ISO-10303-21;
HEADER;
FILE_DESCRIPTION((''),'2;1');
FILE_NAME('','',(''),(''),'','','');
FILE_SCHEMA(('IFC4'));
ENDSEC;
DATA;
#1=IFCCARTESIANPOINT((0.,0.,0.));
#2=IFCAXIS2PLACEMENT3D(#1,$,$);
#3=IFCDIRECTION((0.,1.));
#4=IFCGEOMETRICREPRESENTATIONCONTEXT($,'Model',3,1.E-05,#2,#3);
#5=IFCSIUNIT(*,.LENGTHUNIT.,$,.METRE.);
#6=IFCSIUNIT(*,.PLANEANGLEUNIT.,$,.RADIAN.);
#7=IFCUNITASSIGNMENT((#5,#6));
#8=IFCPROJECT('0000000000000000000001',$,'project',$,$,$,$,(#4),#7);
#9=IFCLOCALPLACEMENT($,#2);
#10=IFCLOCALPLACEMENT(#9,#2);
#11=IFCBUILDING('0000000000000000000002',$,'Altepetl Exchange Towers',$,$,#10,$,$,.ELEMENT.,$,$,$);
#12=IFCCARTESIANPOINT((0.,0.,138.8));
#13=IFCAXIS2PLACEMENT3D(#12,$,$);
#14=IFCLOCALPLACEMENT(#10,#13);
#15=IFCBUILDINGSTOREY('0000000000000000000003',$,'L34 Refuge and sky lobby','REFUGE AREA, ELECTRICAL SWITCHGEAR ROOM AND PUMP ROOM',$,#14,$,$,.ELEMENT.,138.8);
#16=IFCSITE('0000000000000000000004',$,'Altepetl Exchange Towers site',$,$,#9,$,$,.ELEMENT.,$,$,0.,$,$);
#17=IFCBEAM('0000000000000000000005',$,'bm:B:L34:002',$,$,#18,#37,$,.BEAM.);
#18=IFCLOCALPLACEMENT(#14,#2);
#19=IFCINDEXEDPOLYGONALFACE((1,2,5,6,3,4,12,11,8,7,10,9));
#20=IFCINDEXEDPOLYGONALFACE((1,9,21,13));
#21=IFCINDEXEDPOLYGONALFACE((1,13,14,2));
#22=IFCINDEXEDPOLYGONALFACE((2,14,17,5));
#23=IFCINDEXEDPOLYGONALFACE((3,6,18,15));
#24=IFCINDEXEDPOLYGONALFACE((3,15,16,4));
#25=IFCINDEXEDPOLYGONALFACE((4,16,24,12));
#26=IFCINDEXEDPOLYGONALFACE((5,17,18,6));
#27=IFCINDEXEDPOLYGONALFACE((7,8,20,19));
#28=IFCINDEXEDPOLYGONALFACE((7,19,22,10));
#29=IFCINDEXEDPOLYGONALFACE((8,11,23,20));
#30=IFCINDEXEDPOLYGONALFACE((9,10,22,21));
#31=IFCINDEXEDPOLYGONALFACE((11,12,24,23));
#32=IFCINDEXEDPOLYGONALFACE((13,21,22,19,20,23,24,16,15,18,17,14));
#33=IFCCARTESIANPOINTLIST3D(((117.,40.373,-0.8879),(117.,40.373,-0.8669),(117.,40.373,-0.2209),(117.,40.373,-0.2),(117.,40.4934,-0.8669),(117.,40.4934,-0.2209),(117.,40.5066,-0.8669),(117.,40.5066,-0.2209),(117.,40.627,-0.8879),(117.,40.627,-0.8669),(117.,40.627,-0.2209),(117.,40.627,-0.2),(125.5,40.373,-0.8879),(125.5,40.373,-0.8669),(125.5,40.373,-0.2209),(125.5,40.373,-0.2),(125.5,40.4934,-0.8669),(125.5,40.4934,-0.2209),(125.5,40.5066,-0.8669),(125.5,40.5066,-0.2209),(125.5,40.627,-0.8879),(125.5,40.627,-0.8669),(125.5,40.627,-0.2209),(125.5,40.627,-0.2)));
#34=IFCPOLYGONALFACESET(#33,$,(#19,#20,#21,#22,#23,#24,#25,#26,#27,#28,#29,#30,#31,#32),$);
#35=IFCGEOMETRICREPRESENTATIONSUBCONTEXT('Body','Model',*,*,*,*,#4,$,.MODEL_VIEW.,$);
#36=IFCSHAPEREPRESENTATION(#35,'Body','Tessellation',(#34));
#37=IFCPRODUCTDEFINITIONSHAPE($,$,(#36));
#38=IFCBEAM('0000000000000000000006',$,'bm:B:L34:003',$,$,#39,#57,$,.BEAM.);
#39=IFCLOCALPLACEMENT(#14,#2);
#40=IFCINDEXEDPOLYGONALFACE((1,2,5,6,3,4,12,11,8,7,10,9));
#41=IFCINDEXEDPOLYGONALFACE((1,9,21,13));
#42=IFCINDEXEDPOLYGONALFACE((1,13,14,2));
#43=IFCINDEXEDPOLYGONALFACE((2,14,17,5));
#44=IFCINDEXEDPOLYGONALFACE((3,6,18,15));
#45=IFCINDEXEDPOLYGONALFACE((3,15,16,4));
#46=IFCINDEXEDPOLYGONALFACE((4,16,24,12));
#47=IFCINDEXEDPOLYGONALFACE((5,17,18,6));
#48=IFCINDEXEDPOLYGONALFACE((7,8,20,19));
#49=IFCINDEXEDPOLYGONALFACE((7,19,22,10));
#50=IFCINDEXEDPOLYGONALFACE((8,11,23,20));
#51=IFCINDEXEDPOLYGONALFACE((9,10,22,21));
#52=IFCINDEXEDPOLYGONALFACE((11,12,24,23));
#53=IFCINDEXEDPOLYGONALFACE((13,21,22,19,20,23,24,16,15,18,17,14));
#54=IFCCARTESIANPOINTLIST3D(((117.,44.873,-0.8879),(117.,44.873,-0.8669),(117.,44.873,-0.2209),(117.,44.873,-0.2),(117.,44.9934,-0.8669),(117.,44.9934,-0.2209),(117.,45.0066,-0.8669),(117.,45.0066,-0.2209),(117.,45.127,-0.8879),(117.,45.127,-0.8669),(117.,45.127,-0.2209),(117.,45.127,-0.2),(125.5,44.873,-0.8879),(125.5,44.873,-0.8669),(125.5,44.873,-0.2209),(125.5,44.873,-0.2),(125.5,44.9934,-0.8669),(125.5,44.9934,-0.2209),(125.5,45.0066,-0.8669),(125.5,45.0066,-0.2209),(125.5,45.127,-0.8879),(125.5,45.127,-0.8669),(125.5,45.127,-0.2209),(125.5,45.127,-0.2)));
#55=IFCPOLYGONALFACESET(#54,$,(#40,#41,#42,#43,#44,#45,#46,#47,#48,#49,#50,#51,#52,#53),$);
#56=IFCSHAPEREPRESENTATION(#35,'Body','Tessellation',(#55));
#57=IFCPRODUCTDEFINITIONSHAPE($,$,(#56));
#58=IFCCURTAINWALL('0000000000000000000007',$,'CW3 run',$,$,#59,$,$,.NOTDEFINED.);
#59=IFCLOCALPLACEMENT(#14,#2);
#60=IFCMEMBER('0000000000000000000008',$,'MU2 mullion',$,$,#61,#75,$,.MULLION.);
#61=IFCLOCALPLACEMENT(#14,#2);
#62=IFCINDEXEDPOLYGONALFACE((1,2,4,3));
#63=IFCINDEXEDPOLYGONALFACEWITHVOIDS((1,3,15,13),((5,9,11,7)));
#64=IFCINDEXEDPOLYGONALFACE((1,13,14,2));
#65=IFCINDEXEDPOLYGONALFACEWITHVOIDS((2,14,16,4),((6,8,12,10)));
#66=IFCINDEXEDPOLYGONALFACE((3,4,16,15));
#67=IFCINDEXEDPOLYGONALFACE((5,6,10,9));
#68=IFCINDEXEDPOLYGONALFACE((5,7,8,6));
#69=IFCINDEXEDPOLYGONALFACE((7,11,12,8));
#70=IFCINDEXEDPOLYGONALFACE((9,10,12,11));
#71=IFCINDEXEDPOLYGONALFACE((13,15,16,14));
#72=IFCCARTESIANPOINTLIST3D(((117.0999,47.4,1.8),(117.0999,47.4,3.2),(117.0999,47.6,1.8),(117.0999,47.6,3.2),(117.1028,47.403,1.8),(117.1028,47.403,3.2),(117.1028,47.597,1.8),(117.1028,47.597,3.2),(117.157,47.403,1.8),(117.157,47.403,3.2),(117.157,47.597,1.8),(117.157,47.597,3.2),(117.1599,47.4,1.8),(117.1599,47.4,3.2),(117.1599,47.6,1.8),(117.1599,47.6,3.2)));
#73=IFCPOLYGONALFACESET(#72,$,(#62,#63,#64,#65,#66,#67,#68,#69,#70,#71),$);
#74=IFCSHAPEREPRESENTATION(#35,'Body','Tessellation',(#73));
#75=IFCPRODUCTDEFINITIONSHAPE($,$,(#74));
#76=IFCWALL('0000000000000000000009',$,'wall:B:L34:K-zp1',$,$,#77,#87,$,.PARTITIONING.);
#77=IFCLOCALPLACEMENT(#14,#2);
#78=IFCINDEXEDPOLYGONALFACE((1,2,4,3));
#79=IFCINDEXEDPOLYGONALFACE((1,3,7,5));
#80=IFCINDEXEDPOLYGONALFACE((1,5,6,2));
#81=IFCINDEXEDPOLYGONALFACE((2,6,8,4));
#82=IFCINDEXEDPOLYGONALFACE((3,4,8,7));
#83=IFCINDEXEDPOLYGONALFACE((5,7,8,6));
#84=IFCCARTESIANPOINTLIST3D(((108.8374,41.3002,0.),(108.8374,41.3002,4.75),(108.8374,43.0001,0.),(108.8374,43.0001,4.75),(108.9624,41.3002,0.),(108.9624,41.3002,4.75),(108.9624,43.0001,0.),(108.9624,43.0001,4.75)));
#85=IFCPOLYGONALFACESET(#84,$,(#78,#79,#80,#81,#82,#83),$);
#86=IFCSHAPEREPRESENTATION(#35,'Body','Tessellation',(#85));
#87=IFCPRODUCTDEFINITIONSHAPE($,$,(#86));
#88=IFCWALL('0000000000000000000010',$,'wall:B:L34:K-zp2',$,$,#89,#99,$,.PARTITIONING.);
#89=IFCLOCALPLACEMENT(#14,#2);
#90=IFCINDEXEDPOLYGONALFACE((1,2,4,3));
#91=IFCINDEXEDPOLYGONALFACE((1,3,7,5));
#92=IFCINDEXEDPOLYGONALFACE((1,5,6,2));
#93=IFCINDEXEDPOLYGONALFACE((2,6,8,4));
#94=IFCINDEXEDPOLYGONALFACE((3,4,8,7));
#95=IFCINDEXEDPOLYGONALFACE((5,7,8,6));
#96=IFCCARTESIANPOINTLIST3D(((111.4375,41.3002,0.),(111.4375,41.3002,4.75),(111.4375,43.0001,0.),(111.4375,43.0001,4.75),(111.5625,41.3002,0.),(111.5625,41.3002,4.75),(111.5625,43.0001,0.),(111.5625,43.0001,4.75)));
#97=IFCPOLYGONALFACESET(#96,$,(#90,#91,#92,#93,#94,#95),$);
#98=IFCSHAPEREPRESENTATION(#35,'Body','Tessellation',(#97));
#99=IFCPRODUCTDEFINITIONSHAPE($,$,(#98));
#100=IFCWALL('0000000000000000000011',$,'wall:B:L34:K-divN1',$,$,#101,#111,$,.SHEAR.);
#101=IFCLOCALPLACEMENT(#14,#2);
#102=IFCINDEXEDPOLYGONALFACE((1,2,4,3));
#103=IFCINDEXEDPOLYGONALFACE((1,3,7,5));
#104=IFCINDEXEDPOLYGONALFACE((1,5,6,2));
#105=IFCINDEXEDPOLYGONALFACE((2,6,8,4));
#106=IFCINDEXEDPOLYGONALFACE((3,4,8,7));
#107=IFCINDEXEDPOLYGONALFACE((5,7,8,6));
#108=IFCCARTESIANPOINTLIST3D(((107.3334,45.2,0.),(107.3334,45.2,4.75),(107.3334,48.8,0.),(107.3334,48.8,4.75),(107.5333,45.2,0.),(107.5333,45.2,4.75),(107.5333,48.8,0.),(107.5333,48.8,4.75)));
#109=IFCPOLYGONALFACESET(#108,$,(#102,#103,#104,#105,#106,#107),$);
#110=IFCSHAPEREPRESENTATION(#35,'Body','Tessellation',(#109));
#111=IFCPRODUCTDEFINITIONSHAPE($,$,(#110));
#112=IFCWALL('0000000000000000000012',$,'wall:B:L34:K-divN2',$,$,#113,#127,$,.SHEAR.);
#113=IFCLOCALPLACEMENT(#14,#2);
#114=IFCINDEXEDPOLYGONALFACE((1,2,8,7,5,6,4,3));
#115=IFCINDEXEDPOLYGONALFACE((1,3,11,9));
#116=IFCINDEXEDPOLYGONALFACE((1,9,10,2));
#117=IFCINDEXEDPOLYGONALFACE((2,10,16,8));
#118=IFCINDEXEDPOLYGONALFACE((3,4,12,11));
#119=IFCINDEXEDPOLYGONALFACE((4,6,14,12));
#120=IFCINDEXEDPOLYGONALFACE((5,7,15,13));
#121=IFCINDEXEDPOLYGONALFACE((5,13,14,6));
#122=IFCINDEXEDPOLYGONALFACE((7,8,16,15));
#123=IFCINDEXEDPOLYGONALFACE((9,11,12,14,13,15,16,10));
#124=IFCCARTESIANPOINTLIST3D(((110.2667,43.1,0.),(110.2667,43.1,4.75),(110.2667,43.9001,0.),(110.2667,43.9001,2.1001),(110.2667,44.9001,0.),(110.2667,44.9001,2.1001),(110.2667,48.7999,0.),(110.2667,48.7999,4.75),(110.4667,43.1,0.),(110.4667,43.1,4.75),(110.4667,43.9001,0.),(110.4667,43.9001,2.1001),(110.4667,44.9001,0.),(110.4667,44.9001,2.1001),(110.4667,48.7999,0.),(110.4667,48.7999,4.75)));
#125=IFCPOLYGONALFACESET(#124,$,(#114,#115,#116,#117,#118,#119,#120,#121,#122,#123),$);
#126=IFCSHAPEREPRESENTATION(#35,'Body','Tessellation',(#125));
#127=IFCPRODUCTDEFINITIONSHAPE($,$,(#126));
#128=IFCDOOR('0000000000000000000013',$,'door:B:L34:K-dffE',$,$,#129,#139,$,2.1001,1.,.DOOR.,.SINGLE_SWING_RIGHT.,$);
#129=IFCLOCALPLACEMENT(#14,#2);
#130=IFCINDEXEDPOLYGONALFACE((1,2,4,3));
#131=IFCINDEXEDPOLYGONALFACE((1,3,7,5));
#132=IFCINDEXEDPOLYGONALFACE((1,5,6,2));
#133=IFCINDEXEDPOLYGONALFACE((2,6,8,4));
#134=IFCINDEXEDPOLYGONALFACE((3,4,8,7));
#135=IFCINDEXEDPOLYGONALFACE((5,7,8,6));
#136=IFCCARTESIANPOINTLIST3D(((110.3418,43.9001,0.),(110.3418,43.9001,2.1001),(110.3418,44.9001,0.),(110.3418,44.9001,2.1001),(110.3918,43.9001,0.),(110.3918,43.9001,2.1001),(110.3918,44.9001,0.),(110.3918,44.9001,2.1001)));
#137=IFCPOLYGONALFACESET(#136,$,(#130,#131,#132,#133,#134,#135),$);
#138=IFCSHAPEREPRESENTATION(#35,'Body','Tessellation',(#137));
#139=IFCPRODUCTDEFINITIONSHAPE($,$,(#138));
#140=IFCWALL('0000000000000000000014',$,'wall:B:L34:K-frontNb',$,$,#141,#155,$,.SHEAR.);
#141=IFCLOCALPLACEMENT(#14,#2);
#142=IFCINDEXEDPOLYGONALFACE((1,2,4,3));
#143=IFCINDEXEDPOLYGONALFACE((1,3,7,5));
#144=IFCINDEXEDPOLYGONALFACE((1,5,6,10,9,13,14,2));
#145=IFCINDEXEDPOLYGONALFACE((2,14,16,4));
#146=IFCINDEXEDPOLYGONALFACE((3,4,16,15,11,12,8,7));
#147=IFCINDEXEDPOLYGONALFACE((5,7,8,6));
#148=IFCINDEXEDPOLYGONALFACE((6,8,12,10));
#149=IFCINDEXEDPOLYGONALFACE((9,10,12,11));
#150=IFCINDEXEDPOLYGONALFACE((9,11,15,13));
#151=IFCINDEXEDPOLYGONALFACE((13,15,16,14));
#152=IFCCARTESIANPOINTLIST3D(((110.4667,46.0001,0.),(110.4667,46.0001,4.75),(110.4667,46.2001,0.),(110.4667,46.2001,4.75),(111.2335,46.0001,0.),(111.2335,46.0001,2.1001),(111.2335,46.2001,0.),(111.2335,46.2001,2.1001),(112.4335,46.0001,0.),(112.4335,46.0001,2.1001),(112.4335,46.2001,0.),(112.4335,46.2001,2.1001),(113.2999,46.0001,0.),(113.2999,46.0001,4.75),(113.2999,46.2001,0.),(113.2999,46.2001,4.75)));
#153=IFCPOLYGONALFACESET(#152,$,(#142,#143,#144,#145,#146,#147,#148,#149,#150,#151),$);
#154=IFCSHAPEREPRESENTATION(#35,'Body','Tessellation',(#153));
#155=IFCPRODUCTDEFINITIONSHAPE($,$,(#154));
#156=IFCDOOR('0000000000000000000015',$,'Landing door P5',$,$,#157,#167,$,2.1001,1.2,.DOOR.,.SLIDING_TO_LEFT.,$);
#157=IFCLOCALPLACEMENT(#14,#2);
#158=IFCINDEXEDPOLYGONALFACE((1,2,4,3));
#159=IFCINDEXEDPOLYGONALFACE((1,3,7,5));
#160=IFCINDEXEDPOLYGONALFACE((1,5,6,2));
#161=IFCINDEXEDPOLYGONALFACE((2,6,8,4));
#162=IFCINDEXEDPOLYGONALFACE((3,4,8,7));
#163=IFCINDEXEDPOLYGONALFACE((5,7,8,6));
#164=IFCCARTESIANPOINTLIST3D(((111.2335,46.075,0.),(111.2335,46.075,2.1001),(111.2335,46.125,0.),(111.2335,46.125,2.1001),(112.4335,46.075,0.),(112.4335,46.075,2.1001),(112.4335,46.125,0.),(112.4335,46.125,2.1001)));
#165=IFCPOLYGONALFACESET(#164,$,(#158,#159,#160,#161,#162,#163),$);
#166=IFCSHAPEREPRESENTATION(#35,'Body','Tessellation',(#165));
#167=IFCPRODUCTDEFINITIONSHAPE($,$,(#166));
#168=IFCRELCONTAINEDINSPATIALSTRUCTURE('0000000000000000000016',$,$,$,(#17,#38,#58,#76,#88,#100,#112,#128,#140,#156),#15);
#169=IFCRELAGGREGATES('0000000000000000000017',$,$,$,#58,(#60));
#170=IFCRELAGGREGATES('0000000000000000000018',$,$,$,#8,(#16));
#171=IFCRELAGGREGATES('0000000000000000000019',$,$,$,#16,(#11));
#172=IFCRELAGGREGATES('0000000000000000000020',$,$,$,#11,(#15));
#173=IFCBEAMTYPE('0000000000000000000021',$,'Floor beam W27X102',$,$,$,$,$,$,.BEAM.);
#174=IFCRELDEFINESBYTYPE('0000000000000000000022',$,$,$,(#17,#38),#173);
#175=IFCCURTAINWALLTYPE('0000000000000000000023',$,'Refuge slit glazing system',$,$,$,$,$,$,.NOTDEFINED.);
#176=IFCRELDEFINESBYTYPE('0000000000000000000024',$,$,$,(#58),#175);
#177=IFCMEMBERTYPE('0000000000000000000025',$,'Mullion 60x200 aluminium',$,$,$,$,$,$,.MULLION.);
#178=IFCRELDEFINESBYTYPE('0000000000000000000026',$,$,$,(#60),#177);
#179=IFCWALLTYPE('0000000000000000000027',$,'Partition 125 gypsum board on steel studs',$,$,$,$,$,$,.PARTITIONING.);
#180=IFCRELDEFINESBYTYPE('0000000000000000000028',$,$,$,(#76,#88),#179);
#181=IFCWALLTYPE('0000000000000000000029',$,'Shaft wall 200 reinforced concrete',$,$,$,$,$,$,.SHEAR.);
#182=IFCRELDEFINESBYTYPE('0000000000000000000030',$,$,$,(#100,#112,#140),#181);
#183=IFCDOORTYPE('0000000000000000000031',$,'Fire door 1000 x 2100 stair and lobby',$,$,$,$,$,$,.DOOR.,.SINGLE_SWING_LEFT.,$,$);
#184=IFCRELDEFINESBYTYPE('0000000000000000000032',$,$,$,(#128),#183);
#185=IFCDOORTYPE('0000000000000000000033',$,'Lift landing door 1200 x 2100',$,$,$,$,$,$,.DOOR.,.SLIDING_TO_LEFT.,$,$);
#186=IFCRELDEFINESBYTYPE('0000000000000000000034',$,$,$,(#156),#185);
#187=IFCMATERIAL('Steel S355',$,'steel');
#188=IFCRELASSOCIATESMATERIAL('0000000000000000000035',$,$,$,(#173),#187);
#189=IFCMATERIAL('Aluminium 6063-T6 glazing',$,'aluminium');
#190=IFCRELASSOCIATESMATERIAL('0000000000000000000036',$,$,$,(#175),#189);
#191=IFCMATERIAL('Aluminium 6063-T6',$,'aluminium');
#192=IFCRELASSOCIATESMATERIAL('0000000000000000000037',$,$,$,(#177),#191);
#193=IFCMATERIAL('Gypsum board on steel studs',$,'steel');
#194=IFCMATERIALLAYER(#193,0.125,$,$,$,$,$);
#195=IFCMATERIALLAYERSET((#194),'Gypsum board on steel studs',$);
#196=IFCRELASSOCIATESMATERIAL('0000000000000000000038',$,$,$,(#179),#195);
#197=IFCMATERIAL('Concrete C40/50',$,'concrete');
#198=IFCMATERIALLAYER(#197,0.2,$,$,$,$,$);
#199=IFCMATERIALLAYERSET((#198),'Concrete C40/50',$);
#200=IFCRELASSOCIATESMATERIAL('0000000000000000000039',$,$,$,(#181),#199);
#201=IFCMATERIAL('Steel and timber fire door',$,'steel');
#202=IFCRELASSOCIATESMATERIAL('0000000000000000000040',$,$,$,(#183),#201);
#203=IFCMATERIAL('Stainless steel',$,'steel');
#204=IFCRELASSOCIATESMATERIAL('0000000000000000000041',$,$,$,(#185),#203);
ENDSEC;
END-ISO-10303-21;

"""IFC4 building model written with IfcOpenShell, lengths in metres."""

from ifc_helpers import new_model, si_unit, direction, frame, frame_2d, origin, origin_2d, place, context, subcontext, project, spatial, rectangle, hollow_rectangle, i_section, extrude, material, layer, layer_set, material_profile, profile_set, type_object, element, fill, aggregate, save


model = new_model("IFC4")

# Units and contexts
model_context = context("Model", 3, precision=1e-05, world=origin(), true_north=direction((0.0, 1.0)))
body_context = subcontext(model_context, "Body", "Model", "MODEL_VIEW")
ifc_project = project(units=[si_unit("LENGTHUNIT", "METRE"), si_unit("PLANEANGLEUNIT", "RADIAN")], contexts=[model_context])

# Site, building, storey
site_placement = place(None, origin())
site = spatial("IfcSite", under=ifc_project, at=site_placement, Name="Altepetl Exchange Towers site", CompositionType="ELEMENT", RefElevation=0.0)
building_placement = place(site_placement, origin())
building = spatial("IfcBuilding", under=site, at=building_placement, Name="Altepetl Exchange Towers", CompositionType="ELEMENT")
storey_placement = place(building_placement, frame((0.0, 0.0, 138.8)))
storey = spatial("IfcBuildingStorey", under=building, at=storey_placement, Name="L34 Refuge and sky lobby", Description="REFUGE AREA, ELECTRICAL SWITCHGEAR ROOM AND PUMP ROOM", CompositionType="ELEMENT", Elevation=138.8)

# Beams
ifc_material_1 = material(Name="Steel S355", Category="steel")
ifc_material_profile_1 = material_profile(ifc_material_1, i_section(OverallWidth=0.2539, OverallDepth=0.688, WebThickness=0.0132, FlangeThickness=0.021, at=origin_2d()), Name="W27X102")
ifc_profile_set_1 = profile_set([ifc_material_profile_1], Name="Steel S355")
beam_type = type_object("IfcBeamType", Name="Floor beam W27X102", PredefinedType="BEAM", material=ifc_profile_set_1)
for number, where, z_axis, x_axis, name in (
    (1, (117.0, 40.5, -0.5439), (1.0, 0.0, 0.0), (0.0, 1.0, 0.0), "bm:B:L34:002"),
    (2, (117.0, 45.0, -0.5439), (1.0, 0.0, 0.0), (0.0, 1.0, 0.0), "bm:B:L34:003"),
):
    element("IfcBeam", number, at=place(storey_placement, frame(where, z_axis=z_axis, x_axis=x_axis)), inside=storey, type_object=beam_type, Name=name, PredefinedType="BEAM", context=body_context, shape_type="SweptSolid", body=[
        extrude(i_section(OverallWidth=0.2539, OverallDepth=0.688, WebThickness=0.0132, FlangeThickness=0.021, at=origin_2d()), origin(), (0.0, 0.0, 1.0), 8.5),
    ])

# Curtain wall, member
ifc_material_2 = material(Name="Aluminium 6063-T6 glazing", Category="aluminium")
curtain_wall_type = type_object("IfcCurtainWallType", Name="Refuge slit glazing system", PredefinedType="NOTDEFINED", material=ifc_material_2)
curtain_wall_placement = place(storey_placement, origin())
curtain_wall = element("IfcCurtainWall", 3, at=curtain_wall_placement, inside=storey, type_object=curtain_wall_type, Name="CW3 run", PredefinedType="NOTDEFINED")
ifc_material_3 = material(Name="Aluminium 6063-T6", Category="aluminium")
ifc_material_profile_2 = material_profile(ifc_material_3, hollow_rectangle(XDim=0.0601, YDim=0.2, WallThickness=0.0029, at=origin_2d()), Name="Mullion 60x200 aluminium")
ifc_profile_set_2 = profile_set([ifc_material_profile_2], Name="Aluminium 6063-T6")
member_type = type_object("IfcMemberType", Name="Mullion 60x200 aluminium", PredefinedType="MULLION", material=ifc_profile_set_2)
member_placement = place(storey_placement, frame((117.1299, 47.5, 1.8), z_axis=(0.0, 0.0, 1.0), x_axis=(-1.0, 0.0, 0.0)))
member = element("IfcMember", 4, at=member_placement, type_object=member_type, Name="MU2 mullion", PredefinedType="MULLION", context=body_context, shape_type="SweptSolid", body=[
    extrude(hollow_rectangle(XDim=0.0601, YDim=0.2, WallThickness=0.0029, at=origin_2d()), origin(), (0.0, 0.0, 1.0), 1.3999),
])
aggregate(curtain_wall, [member])

# Walls
ifc_material_4 = material(Name="Gypsum board on steel studs", Category="steel")
ifc_layer_1 = layer(ifc_material_4, 0.125)
ifc_layer_set_1 = layer_set([ifc_layer_1], Name="Gypsum board on steel studs")
wall_type_1 = type_object("IfcWallType", Name="Partition 125 gypsum board on steel studs", PredefinedType="PARTITIONING", material=ifc_layer_set_1)
for number, where, z_axis, x_axis, name in (
    (5, (108.8999, 41.3, 0.0), (0.0, 0.0, 1.0), (0.0, 1.0, 0.0), "wall:B:L34:K-zp1"),
    (6, (111.5, 41.3, 0.0), (0.0, 0.0, 1.0), (0.0, 1.0, 0.0), "wall:B:L34:K-zp2"),
):
    element("IfcWall", number, at=place(storey_placement, frame(where, z_axis=z_axis, x_axis=x_axis)), inside=storey, type_object=wall_type_1, Name=name, PredefinedType="PARTITIONING", context=body_context, shape_type="SweptSolid", body=[
        extrude(rectangle(XDim=1.7, YDim=0.125, at=frame_2d((0.8501, 0.0))), origin(), (0.0, 0.0, 1.0), 4.75),
    ])
ifc_material_5 = material(Name="Concrete C40/50", Category="concrete")
ifc_layer_2 = layer(ifc_material_5, 0.2)
ifc_layer_set_2 = layer_set([ifc_layer_2], Name="Concrete C40/50")
wall_type_2 = type_object("IfcWallType", Name="Shaft wall 200 reinforced concrete", PredefinedType="SHEAR", material=ifc_layer_set_2)
wall_1_placement = place(storey_placement, frame((107.4333, 48.8, 0.0), z_axis=(0.0, 0.0, 1.0), x_axis=(0.0, -1.0, 0.0)))
element("IfcWall", 7, at=wall_1_placement, inside=storey, type_object=wall_type_2, Name="wall:B:L34:K-divN1", PredefinedType="SHEAR", context=body_context, shape_type="SweptSolid", body=[
    extrude(rectangle(XDim=3.6001, YDim=0.2, at=frame_2d((1.8, 0.0))), origin(), (0.0, 0.0, 1.0), 4.75),
])

# Walls, openings, doors
wall_2_placement = place(storey_placement, frame((110.3667, 48.8, 0.0), z_axis=(0.0, 0.0, 1.0), x_axis=(0.0, -1.0, 0.0)))
wall_2 = element("IfcWall", 8, at=wall_2_placement, inside=storey, type_object=wall_type_2, Name="wall:B:L34:K-divN2", PredefinedType="SHEAR", context=body_context, shape_type="SweptSolid", body=[
    extrude(rectangle(XDim=5.7, YDim=0.2, at=frame_2d((2.8501, 0.0))), origin(), (0.0, 0.0, 1.0), 4.75),
])
opening_1_placement = place(wall_2_placement, frame((3.8999, 0.0, 0.0)))
opening_1 = element("IfcOpeningElement", 9, at=opening_1_placement, cuts=wall_2, PredefinedType="OPENING", context=body_context, shape_type="SweptSolid", body=[
    extrude(rectangle(XDim=1.0, YDim=2.1001, at=frame_2d((0.5, 1.05))), frame((0.0, 0.1099, 0.0), z_axis=(0.0, -1.0, 0.0), x_axis=(1.0, 0.0, 0.0)), (0.0, 0.0, 1.0), 0.22),
])
ifc_material_6 = material(Name="Steel and timber fire door", Category="steel")
door_type_1 = type_object("IfcDoorType", Name="Fire door 1000 x 2100 stair and lobby", OperationType="SINGLE_SWING_LEFT", PredefinedType="DOOR", material=ifc_material_6)
door_1_placement = place(opening_1_placement, frame((1.0, 0.0, 0.0), x_axis=(-1.0, 0.0, 0.0)))
door_1 = element("IfcDoor", 10, at=door_1_placement, inside=storey, type_object=door_type_1, Name="door:B:L34:K-dffE", OperationType="SINGLE_SWING_RIGHT", OverallHeight=2.1001, OverallWidth=1.0, PredefinedType="DOOR", context=body_context, shape_type="SweptSolid", body=[
    extrude(rectangle(XDim=1.0, YDim=2.1001, at=frame_2d((0.5, 1.05))), frame((0.0, 0.0249, 0.0), z_axis=(0.0, -1.0, 0.0), x_axis=(1.0, 0.0, 0.0)), (0.0, 0.0, 1.0), 0.05),
])
fill(opening_1, door_1)
wall_3_placement = place(storey_placement, frame((110.4668, 46.1001, 0.0)))
wall_3 = element("IfcWall", 11, at=wall_3_placement, inside=storey, type_object=wall_type_2, Name="wall:B:L34:K-frontNb", PredefinedType="SHEAR", context=body_context, shape_type="SweptSolid", body=[
    extrude(rectangle(XDim=2.8333, YDim=0.2, at=frame_2d((1.4165, 0.0))), origin(), (0.0, 0.0, 1.0), 4.75),
])
opening_2_placement = place(wall_3_placement, frame((0.7666, 0.0, 0.0)))
opening_2 = element("IfcOpeningElement", 12, at=opening_2_placement, cuts=wall_3, PredefinedType="OPENING", context=body_context, shape_type="SweptSolid", body=[
    extrude(rectangle(XDim=1.2, YDim=2.1001, at=frame_2d((0.6001, 1.05))), frame((0.0, 0.1099, 0.0), z_axis=(0.0, -1.0, 0.0), x_axis=(1.0, 0.0, 0.0)), (0.0, 0.0, 1.0), 0.22),
])
ifc_material_7 = material(Name="Stainless steel", Category="steel")
door_type_2 = type_object("IfcDoorType", Name="Lift landing door 1200 x 2100", OperationType="SLIDING_TO_LEFT", PredefinedType="DOOR", material=ifc_material_7)
door_2_placement = place(opening_2_placement, origin())
door_2 = element("IfcDoor", 13, at=door_2_placement, inside=storey, type_object=door_type_2, Name="Landing door P5", OperationType="SLIDING_TO_LEFT", OverallHeight=2.1001, OverallWidth=1.2, PredefinedType="DOOR", context=body_context, shape_type="SweptSolid", body=[
    extrude(rectangle(XDim=1.2, YDim=2.1001, at=frame_2d((0.6001, 1.05))), frame((0.0, 0.0249, 0.0), z_axis=(0.0, -1.0, 0.0), x_axis=(1.0, 0.0, 0.0)), (0.0, 0.0, 1.0), 0.05),
])
fill(opening_2, door_2)

save(model, "model.ifc")
